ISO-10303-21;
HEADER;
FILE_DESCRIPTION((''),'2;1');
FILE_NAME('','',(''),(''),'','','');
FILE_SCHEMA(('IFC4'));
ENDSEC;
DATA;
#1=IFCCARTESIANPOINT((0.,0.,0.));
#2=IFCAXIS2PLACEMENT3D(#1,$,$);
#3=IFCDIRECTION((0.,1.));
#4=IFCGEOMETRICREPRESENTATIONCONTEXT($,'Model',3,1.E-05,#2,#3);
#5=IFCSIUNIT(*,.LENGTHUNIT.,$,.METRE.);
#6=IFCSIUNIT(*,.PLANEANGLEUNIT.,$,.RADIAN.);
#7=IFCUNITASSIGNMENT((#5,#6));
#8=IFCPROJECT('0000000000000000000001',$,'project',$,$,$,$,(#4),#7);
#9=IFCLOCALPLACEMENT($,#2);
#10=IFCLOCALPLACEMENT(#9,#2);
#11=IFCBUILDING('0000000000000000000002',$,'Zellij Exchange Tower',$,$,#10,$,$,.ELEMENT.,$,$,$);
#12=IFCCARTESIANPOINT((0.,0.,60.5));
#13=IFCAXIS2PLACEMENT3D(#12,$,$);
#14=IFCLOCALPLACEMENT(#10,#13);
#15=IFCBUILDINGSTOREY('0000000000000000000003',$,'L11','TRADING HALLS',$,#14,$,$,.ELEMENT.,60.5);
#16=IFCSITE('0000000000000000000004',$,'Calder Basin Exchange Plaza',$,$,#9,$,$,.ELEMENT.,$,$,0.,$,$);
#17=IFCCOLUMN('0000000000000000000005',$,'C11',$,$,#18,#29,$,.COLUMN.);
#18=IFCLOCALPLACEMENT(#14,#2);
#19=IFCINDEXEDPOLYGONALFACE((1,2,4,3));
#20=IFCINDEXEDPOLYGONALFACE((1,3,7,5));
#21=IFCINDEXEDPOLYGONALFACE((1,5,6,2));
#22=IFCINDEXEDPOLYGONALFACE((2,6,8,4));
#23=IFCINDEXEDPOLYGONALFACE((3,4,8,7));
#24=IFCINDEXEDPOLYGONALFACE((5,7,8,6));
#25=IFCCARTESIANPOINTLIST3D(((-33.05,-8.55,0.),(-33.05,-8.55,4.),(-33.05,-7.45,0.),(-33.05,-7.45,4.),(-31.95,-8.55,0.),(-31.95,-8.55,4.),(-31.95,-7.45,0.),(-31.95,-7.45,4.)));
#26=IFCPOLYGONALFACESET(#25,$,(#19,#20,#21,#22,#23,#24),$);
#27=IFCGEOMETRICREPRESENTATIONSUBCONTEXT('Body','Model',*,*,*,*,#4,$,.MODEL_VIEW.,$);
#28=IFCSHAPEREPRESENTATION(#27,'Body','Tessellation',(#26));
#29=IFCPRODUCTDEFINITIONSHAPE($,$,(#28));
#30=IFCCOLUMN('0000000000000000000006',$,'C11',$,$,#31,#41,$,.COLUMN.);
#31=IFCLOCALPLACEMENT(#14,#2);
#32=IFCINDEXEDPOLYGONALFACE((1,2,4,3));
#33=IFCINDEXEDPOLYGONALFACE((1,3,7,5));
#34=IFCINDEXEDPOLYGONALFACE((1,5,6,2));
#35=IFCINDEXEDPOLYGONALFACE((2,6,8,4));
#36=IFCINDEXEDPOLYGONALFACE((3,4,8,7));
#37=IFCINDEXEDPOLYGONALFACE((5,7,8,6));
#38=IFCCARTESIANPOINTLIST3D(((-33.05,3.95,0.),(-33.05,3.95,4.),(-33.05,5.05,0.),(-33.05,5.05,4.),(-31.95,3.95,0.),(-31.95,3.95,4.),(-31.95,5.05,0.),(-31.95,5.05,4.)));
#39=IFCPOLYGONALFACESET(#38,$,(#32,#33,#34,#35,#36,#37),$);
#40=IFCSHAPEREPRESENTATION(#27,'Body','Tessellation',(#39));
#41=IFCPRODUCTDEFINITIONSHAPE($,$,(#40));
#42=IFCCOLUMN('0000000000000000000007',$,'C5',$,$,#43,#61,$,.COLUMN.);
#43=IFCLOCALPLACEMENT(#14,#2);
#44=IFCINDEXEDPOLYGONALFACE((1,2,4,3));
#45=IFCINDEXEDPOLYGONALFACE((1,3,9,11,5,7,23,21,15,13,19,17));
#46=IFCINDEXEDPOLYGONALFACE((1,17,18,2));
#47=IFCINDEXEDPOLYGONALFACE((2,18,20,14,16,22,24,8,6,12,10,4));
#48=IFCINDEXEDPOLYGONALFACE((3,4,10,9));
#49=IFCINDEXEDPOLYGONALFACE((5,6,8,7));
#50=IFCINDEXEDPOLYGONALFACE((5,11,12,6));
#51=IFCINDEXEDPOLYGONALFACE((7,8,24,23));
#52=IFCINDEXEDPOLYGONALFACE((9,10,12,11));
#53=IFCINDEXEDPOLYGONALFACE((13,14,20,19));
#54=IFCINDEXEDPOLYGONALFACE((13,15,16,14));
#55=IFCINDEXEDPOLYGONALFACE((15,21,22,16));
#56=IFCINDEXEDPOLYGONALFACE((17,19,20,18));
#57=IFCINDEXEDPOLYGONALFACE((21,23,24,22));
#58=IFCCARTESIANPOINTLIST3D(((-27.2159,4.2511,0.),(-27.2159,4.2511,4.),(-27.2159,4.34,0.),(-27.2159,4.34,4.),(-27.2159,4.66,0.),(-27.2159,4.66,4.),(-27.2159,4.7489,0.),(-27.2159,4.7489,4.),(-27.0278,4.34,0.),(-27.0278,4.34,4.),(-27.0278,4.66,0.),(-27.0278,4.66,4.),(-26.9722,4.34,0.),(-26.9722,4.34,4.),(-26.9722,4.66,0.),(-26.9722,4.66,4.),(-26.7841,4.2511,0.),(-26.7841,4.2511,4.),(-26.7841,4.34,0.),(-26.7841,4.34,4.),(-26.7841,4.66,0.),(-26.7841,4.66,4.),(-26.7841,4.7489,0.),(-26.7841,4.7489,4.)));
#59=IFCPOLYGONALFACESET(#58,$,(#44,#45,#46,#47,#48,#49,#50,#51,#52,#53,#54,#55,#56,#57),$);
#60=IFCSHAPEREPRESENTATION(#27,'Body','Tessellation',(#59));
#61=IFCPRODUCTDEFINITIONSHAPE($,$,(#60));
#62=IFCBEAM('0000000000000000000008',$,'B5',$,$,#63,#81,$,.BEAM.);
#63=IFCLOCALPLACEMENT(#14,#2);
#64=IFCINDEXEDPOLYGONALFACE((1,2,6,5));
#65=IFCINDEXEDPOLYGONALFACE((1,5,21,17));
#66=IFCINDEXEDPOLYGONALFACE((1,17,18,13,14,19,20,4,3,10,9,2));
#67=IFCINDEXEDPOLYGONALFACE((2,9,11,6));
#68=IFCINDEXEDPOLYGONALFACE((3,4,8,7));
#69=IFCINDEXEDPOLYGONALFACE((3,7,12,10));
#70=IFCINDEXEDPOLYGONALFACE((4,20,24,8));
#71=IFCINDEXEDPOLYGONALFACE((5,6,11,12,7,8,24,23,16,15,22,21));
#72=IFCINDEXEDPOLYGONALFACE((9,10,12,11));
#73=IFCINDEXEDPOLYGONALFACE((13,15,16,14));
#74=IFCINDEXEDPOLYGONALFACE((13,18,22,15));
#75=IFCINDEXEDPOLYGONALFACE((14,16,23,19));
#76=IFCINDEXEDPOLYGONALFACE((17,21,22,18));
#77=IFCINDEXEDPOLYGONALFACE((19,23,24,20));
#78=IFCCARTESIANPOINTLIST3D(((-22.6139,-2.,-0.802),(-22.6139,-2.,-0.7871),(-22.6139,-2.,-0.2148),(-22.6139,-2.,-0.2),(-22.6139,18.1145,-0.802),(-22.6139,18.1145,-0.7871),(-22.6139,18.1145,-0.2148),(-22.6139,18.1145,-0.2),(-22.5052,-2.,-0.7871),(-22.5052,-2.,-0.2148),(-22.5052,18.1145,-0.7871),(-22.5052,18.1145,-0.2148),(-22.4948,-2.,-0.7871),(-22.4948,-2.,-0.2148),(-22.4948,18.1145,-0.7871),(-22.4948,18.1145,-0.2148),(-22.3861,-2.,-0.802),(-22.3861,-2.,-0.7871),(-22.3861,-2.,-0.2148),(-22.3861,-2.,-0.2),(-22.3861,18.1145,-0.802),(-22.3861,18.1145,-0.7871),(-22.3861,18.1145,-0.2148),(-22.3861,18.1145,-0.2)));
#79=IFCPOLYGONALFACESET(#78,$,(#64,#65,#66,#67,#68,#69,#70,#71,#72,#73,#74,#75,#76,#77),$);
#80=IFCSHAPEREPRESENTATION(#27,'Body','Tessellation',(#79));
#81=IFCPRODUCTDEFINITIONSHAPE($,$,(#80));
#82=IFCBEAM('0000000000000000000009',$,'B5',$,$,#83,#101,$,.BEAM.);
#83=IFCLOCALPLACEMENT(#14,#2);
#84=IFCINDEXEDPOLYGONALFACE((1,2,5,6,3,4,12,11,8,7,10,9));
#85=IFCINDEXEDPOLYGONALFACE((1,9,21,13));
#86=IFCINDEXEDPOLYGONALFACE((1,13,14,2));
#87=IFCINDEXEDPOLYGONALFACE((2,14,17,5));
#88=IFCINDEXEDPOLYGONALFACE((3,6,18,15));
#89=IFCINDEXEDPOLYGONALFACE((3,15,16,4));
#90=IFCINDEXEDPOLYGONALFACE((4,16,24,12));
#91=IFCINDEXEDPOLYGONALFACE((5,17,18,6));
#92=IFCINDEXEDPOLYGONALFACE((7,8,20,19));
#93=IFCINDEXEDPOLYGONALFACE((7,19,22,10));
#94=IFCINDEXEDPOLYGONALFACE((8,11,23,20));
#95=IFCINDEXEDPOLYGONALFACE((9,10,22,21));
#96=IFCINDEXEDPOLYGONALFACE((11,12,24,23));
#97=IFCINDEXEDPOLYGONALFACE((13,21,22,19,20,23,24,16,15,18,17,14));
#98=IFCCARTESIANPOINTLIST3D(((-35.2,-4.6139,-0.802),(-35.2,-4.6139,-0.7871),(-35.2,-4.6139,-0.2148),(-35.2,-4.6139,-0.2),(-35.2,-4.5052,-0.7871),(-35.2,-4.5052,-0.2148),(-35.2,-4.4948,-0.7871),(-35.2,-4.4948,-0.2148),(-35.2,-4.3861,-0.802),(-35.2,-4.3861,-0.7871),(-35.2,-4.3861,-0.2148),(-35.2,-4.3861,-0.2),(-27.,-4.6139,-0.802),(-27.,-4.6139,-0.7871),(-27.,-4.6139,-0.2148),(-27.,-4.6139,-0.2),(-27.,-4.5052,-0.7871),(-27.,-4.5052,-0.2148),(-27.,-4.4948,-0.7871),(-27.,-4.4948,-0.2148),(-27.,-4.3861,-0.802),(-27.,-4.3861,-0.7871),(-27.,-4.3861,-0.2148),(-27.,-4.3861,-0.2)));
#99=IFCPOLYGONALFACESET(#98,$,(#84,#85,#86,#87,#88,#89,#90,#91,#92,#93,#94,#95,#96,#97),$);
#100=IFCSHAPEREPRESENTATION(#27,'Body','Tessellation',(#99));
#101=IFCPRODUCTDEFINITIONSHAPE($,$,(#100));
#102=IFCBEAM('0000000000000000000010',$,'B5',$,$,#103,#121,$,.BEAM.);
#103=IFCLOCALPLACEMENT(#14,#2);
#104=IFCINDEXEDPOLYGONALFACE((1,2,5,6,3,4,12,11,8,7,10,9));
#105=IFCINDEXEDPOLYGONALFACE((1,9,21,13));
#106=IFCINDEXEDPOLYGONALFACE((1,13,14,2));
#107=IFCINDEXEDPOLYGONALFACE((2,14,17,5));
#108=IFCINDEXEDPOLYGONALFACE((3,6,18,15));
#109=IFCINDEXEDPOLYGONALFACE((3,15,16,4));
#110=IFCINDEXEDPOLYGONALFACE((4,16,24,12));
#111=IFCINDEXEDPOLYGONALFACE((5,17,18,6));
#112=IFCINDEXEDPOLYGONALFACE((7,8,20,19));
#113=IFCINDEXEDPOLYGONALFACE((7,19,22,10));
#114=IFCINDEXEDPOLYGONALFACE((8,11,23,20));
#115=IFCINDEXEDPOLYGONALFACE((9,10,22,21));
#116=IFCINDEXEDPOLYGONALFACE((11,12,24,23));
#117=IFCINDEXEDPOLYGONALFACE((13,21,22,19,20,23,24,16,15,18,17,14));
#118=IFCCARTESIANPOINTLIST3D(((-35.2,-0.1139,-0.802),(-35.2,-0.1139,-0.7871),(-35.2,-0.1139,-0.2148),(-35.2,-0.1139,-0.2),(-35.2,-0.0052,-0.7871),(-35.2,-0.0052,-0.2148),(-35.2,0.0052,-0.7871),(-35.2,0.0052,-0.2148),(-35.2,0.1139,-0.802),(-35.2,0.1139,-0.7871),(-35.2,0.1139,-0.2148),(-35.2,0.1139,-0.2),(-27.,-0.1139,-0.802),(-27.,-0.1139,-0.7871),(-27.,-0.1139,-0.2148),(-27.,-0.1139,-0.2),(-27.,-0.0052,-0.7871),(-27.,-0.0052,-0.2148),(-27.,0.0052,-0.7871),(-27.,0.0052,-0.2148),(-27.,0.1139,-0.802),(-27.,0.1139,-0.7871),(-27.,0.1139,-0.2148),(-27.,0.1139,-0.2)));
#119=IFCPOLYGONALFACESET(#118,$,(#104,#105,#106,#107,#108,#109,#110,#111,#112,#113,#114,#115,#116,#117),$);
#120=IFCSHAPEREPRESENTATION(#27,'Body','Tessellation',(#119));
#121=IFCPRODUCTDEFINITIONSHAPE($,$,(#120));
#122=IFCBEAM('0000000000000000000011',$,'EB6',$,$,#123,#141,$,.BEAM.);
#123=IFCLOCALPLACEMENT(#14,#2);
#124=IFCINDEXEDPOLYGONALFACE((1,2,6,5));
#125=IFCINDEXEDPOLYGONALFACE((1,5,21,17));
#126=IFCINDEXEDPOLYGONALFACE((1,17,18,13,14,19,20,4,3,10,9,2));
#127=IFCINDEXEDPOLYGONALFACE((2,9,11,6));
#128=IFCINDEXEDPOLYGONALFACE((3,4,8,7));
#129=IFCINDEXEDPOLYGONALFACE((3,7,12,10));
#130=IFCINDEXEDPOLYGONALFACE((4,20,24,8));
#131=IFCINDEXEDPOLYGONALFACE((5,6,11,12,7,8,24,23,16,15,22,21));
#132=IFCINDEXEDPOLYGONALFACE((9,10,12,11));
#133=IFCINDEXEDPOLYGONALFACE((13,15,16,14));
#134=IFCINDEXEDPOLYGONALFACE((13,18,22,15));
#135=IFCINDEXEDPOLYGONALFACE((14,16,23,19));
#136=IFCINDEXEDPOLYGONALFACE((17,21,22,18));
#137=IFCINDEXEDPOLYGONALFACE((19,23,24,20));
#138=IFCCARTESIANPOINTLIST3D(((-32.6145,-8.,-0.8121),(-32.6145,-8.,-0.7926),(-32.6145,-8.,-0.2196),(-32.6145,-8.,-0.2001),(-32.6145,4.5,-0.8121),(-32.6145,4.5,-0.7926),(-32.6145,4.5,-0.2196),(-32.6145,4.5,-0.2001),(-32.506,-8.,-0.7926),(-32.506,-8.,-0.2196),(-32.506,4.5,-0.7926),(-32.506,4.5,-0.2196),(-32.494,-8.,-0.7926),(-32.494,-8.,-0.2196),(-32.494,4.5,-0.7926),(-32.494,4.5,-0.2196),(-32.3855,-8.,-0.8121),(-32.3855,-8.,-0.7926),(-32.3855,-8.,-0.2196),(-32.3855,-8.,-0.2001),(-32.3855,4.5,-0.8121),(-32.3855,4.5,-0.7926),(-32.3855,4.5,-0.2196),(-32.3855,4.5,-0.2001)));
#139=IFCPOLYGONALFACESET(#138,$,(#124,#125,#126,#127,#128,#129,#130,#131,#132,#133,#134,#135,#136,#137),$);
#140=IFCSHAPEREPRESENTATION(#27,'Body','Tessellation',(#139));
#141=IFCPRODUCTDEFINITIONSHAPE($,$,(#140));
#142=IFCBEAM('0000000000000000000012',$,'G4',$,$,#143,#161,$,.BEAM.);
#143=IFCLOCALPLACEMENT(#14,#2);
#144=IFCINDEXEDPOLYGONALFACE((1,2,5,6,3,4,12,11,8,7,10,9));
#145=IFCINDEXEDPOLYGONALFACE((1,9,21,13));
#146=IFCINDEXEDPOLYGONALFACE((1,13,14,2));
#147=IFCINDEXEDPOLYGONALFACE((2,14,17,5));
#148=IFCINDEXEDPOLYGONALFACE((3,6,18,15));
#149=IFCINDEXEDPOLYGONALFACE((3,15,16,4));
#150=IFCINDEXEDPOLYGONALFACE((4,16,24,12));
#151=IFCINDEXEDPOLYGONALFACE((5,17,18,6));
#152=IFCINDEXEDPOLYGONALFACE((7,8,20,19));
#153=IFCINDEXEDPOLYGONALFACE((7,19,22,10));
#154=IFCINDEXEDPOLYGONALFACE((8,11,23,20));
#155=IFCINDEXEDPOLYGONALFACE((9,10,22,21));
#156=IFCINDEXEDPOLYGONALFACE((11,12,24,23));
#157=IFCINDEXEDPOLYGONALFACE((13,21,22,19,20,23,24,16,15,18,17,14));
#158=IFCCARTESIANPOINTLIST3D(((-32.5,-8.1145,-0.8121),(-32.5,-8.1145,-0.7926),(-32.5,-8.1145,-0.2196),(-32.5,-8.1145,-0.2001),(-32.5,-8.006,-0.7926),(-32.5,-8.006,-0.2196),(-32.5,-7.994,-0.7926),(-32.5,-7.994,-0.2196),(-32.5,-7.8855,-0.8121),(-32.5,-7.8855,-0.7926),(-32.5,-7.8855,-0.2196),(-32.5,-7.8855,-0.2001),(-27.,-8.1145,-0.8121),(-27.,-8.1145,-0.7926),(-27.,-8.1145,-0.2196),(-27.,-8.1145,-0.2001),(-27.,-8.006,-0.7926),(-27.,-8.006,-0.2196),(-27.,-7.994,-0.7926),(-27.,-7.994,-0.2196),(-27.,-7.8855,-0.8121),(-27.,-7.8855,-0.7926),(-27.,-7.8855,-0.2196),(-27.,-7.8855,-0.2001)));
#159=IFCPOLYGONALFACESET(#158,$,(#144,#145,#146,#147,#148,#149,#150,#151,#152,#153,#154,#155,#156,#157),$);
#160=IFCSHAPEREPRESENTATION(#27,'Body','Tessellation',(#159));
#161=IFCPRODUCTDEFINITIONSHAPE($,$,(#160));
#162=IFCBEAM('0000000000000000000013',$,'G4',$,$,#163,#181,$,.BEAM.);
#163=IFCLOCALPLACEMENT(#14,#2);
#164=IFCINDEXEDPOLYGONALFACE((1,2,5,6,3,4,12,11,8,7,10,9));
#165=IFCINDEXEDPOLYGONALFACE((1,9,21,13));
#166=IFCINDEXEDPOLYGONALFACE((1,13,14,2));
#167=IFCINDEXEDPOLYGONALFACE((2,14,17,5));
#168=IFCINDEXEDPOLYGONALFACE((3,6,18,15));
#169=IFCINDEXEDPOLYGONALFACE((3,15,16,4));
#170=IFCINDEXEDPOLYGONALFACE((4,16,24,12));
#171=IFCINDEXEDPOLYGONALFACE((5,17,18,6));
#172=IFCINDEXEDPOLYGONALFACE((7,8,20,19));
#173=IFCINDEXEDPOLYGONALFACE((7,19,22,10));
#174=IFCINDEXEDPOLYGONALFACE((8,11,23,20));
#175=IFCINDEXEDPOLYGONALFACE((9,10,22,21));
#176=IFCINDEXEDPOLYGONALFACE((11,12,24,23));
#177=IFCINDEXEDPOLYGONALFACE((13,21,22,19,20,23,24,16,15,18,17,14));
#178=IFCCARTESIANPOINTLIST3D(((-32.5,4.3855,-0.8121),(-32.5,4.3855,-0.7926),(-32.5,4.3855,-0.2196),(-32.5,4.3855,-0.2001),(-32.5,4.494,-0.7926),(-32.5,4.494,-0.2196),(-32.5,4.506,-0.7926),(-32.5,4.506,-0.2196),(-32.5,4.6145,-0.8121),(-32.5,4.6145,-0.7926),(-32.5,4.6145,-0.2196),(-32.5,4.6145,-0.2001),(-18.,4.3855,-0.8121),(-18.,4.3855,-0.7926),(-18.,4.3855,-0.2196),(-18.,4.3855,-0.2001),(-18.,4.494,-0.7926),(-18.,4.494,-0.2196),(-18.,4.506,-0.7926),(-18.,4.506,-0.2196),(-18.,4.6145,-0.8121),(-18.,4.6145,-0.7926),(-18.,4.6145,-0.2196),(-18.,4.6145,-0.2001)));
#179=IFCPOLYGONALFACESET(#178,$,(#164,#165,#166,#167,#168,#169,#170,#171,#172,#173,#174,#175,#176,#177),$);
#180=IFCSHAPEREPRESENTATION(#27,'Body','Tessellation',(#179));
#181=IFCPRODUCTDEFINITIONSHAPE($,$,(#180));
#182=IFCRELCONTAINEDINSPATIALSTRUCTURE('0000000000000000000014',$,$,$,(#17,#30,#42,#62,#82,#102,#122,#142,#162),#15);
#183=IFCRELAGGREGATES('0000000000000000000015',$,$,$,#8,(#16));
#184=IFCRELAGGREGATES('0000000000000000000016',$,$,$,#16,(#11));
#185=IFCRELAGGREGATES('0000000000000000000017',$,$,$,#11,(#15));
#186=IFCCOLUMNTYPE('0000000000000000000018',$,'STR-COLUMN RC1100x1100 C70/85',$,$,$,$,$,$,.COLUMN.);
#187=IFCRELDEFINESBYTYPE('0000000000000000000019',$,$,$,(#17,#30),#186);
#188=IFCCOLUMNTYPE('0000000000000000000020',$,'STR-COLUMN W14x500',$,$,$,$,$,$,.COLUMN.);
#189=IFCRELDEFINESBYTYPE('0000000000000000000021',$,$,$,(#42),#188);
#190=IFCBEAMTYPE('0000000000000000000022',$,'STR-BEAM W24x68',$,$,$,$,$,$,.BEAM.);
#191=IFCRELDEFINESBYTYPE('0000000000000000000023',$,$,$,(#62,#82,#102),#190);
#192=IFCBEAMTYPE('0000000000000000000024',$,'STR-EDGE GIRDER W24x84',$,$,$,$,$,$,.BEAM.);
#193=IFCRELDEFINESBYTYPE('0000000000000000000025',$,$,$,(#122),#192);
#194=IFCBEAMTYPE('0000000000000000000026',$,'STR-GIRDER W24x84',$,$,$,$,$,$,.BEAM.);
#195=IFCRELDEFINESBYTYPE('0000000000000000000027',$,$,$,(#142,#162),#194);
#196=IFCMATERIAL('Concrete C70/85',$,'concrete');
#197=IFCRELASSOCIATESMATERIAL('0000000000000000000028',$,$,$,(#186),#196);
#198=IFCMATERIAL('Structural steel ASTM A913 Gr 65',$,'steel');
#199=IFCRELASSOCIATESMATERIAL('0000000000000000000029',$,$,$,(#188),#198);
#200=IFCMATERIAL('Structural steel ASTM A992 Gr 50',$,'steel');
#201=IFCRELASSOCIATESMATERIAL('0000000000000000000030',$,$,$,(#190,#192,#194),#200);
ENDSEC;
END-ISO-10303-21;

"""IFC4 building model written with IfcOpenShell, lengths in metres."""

from ifc_helpers import new_model, si_unit, direction, frame, origin, origin_2d, place, context, subcontext, project, spatial, rectangle, i_section, extrude, material, material_profile, profile_set, type_object, element, save


model = new_model("IFC4")

# Units and contexts
model_context = context("Model", 3, precision=1e-05, world=origin(), true_north=direction((0.0, 1.0)))
body_context = subcontext(model_context, "Body", "Model", "MODEL_VIEW")
ifc_project = project(units=[si_unit("LENGTHUNIT", "METRE"), si_unit("PLANEANGLEUNIT", "RADIAN")], contexts=[model_context])

# Site, building, storey
site_placement = place(None, origin())
site = spatial("IfcSite", under=ifc_project, at=site_placement, Name="Calder Basin Exchange Plaza", CompositionType="ELEMENT", RefElevation=0.0)
building_placement = place(site_placement, origin())
building = spatial("IfcBuilding", under=site, at=building_placement, Name="Zellij Exchange Tower", CompositionType="ELEMENT")
storey_placement = place(building_placement, frame((0.0, 0.0, 60.5)))
storey = spatial("IfcBuildingStorey", under=building, at=storey_placement, Name="L11", Description="TRADING HALLS", CompositionType="ELEMENT", Elevation=60.5)

# Columns
ifc_material_1 = material(Name="Concrete C70/85", Category="concrete")
ifc_material_profile_1 = material_profile(ifc_material_1, rectangle(XDim=1.1001, YDim=1.1001, at=origin_2d()), Name="STR-COLUMN RC1100x1100 C70/85")
ifc_profile_set_1 = profile_set([ifc_material_profile_1], Name="Concrete C70/85")
column_type_1 = type_object("IfcColumnType", Name="STR-COLUMN RC1100x1100 C70/85", PredefinedType="COLUMN", material=ifc_profile_set_1)
for number, where, z_axis, x_axis, name in (
    (1, (-32.5, -8.0, 0.0), (0.0, 0.0, 1.0), (1.0, 0.0, 0.0), "C11"),
    (2, (-32.5, 4.5, 0.0), (0.0, 0.0, 1.0), (1.0, 0.0, 0.0), "C11"),
):
    element("IfcColumn", number, at=place(storey_placement, frame(where, z_axis=z_axis, x_axis=x_axis)), inside=storey, type_object=column_type_1, Name=name, PredefinedType="COLUMN", context=body_context, shape_type="SweptSolid", body=[
        extrude(rectangle(XDim=1.1001, YDim=1.1001, at=origin_2d()), origin(), (0.0, 0.0, 1.0), 4.0),
    ])
ifc_material_2 = material(Name="Structural steel ASTM A913 Gr 65", Category="steel")
ifc_material_profile_2 = material_profile(ifc_material_2, i_section(OverallWidth=0.4319, OverallDepth=0.4978, WebThickness=0.0557, FlangeThickness=0.0889, at=origin_2d()), Name="W14x500")
ifc_profile_set_2 = profile_set([ifc_material_profile_2], Name="Structural steel ASTM A913 Gr 65")
column_type_2 = type_object("IfcColumnType", Name="STR-COLUMN W14x500", PredefinedType="COLUMN", material=ifc_profile_set_2)
column_placement = place(storey_placement, frame((-27.0, 4.5, 0.0), z_axis=(0.0, 0.0, 1.0), x_axis=(1.0, 0.0, 0.0)))
element("IfcColumn", 3, at=column_placement, inside=storey, type_object=column_type_2, Name="C5", PredefinedType="COLUMN", context=body_context, shape_type="SweptSolid", body=[
    extrude(i_section(OverallWidth=0.4319, OverallDepth=0.4978, WebThickness=0.0557, FlangeThickness=0.0889, at=origin_2d()), origin(), (0.0, 0.0, 1.0), 4.0),
])

# Beams
ifc_material_3 = material(Name="Structural steel ASTM A992 Gr 50", Category="steel")
ifc_material_profile_3 = material_profile(ifc_material_3, i_section(OverallWidth=0.2278, OverallDepth=0.6021, WebThickness=0.0105, FlangeThickness=0.0149, at=origin_2d()), Name="W24x68")
ifc_profile_set_3 = profile_set([ifc_material_profile_3], Name="Structural steel ASTM A992 Gr 50")
beam_type_1 = type_object("IfcBeamType", Name="STR-BEAM W24x68", PredefinedType="BEAM", material=ifc_profile_set_3)
beam_1_placement = place(storey_placement, frame((-22.5, -2.0, -0.501), z_axis=(0.0, 1.0, 0.0), x_axis=(-1.0, 0.0, 0.0)))
element("IfcBeam", 4, at=beam_1_placement, inside=storey, type_object=beam_type_1, Name="B5", PredefinedType="BEAM", context=body_context, shape_type="SweptSolid", body=[
    extrude(i_section(OverallWidth=0.2278, OverallDepth=0.6021, WebThickness=0.0105, FlangeThickness=0.0149, at=origin_2d()), origin(), (0.0, 0.0, 1.0), 20.1145),
])
for number, where, z_axis, x_axis, name in (
    (5, (-35.2, -4.5, -0.501), (1.0, 0.0, 0.0), (0.0, 1.0, 0.0), "B5"),
    (6, (-35.2, 0.0, -0.501), (1.0, 0.0, 0.0), (0.0, 1.0, 0.0), "B5"),
):
    element("IfcBeam", number, at=place(storey_placement, frame(where, z_axis=z_axis, x_axis=x_axis)), inside=storey, type_object=beam_type_1, Name=name, PredefinedType="BEAM", context=body_context, shape_type="SweptSolid", body=[
        extrude(i_section(OverallWidth=0.2278, OverallDepth=0.6021, WebThickness=0.0105, FlangeThickness=0.0149, at=origin_2d()), origin(), (0.0, 0.0, 1.0), 8.2),
    ])
ifc_material_profile_4 = material_profile(ifc_material_3, i_section(OverallWidth=0.229, OverallDepth=0.6121, WebThickness=0.012, FlangeThickness=0.0195, at=origin_2d()), Name="W24x84")
ifc_profile_set_4 = profile_set([ifc_material_profile_4], Name="Structural steel ASTM A992 Gr 50")
beam_type_2 = type_object("IfcBeamType", Name="STR-EDGE GIRDER W24x84", PredefinedType="BEAM", material=ifc_profile_set_4)
beam_2_placement = place(storey_placement, frame((-32.5, -8.0, -0.5061), z_axis=(0.0, 1.0, 0.0), x_axis=(-1.0, 0.0, 0.0)))
element("IfcBeam", 7, at=beam_2_placement, inside=storey, type_object=beam_type_2, Name="EB6", PredefinedType="BEAM", context=body_context, shape_type="SweptSolid", body=[
    extrude(i_section(OverallWidth=0.229, OverallDepth=0.6121, WebThickness=0.012, FlangeThickness=0.0195, at=origin_2d()), origin(), (0.0, 0.0, 1.0), 12.5),
])
ifc_material_profile_5 = material_profile(ifc_material_3, i_section(OverallWidth=0.229, OverallDepth=0.6121, WebThickness=0.012, FlangeThickness=0.0195, at=origin_2d()), Name="W24x84")
ifc_profile_set_5 = profile_set([ifc_material_profile_5], Name="Structural steel ASTM A992 Gr 50")
beam_type_3 = type_object("IfcBeamType", Name="STR-GIRDER W24x84", PredefinedType="BEAM", material=ifc_profile_set_5)
beam_3_placement = place(storey_placement, frame((-32.5, -8.0, -0.5061), z_axis=(1.0, 0.0, 0.0), x_axis=(0.0, 1.0, 0.0)))
element("IfcBeam", 8, at=beam_3_placement, inside=storey, type_object=beam_type_3, Name="G4", PredefinedType="BEAM", context=body_context, shape_type="SweptSolid", body=[
    extrude(i_section(OverallWidth=0.229, OverallDepth=0.6121, WebThickness=0.012, FlangeThickness=0.0195, at=origin_2d()), origin(), (0.0, 0.0, 1.0), 5.5),
])
beam_4_placement = place(storey_placement, frame((-32.5, 4.5, -0.5061), z_axis=(1.0, 0.0, 0.0), x_axis=(0.0, 1.0, 0.0)))
element("IfcBeam", 9, at=beam_4_placement, inside=storey, type_object=beam_type_3, Name="G4", PredefinedType="BEAM", context=body_context, shape_type="SweptSolid", body=[
    extrude(i_section(OverallWidth=0.229, OverallDepth=0.6121, WebThickness=0.012, FlangeThickness=0.0195, at=origin_2d()), origin(), (0.0, 0.0, 1.0), 14.5),
])

save(model, "model.ifc")
